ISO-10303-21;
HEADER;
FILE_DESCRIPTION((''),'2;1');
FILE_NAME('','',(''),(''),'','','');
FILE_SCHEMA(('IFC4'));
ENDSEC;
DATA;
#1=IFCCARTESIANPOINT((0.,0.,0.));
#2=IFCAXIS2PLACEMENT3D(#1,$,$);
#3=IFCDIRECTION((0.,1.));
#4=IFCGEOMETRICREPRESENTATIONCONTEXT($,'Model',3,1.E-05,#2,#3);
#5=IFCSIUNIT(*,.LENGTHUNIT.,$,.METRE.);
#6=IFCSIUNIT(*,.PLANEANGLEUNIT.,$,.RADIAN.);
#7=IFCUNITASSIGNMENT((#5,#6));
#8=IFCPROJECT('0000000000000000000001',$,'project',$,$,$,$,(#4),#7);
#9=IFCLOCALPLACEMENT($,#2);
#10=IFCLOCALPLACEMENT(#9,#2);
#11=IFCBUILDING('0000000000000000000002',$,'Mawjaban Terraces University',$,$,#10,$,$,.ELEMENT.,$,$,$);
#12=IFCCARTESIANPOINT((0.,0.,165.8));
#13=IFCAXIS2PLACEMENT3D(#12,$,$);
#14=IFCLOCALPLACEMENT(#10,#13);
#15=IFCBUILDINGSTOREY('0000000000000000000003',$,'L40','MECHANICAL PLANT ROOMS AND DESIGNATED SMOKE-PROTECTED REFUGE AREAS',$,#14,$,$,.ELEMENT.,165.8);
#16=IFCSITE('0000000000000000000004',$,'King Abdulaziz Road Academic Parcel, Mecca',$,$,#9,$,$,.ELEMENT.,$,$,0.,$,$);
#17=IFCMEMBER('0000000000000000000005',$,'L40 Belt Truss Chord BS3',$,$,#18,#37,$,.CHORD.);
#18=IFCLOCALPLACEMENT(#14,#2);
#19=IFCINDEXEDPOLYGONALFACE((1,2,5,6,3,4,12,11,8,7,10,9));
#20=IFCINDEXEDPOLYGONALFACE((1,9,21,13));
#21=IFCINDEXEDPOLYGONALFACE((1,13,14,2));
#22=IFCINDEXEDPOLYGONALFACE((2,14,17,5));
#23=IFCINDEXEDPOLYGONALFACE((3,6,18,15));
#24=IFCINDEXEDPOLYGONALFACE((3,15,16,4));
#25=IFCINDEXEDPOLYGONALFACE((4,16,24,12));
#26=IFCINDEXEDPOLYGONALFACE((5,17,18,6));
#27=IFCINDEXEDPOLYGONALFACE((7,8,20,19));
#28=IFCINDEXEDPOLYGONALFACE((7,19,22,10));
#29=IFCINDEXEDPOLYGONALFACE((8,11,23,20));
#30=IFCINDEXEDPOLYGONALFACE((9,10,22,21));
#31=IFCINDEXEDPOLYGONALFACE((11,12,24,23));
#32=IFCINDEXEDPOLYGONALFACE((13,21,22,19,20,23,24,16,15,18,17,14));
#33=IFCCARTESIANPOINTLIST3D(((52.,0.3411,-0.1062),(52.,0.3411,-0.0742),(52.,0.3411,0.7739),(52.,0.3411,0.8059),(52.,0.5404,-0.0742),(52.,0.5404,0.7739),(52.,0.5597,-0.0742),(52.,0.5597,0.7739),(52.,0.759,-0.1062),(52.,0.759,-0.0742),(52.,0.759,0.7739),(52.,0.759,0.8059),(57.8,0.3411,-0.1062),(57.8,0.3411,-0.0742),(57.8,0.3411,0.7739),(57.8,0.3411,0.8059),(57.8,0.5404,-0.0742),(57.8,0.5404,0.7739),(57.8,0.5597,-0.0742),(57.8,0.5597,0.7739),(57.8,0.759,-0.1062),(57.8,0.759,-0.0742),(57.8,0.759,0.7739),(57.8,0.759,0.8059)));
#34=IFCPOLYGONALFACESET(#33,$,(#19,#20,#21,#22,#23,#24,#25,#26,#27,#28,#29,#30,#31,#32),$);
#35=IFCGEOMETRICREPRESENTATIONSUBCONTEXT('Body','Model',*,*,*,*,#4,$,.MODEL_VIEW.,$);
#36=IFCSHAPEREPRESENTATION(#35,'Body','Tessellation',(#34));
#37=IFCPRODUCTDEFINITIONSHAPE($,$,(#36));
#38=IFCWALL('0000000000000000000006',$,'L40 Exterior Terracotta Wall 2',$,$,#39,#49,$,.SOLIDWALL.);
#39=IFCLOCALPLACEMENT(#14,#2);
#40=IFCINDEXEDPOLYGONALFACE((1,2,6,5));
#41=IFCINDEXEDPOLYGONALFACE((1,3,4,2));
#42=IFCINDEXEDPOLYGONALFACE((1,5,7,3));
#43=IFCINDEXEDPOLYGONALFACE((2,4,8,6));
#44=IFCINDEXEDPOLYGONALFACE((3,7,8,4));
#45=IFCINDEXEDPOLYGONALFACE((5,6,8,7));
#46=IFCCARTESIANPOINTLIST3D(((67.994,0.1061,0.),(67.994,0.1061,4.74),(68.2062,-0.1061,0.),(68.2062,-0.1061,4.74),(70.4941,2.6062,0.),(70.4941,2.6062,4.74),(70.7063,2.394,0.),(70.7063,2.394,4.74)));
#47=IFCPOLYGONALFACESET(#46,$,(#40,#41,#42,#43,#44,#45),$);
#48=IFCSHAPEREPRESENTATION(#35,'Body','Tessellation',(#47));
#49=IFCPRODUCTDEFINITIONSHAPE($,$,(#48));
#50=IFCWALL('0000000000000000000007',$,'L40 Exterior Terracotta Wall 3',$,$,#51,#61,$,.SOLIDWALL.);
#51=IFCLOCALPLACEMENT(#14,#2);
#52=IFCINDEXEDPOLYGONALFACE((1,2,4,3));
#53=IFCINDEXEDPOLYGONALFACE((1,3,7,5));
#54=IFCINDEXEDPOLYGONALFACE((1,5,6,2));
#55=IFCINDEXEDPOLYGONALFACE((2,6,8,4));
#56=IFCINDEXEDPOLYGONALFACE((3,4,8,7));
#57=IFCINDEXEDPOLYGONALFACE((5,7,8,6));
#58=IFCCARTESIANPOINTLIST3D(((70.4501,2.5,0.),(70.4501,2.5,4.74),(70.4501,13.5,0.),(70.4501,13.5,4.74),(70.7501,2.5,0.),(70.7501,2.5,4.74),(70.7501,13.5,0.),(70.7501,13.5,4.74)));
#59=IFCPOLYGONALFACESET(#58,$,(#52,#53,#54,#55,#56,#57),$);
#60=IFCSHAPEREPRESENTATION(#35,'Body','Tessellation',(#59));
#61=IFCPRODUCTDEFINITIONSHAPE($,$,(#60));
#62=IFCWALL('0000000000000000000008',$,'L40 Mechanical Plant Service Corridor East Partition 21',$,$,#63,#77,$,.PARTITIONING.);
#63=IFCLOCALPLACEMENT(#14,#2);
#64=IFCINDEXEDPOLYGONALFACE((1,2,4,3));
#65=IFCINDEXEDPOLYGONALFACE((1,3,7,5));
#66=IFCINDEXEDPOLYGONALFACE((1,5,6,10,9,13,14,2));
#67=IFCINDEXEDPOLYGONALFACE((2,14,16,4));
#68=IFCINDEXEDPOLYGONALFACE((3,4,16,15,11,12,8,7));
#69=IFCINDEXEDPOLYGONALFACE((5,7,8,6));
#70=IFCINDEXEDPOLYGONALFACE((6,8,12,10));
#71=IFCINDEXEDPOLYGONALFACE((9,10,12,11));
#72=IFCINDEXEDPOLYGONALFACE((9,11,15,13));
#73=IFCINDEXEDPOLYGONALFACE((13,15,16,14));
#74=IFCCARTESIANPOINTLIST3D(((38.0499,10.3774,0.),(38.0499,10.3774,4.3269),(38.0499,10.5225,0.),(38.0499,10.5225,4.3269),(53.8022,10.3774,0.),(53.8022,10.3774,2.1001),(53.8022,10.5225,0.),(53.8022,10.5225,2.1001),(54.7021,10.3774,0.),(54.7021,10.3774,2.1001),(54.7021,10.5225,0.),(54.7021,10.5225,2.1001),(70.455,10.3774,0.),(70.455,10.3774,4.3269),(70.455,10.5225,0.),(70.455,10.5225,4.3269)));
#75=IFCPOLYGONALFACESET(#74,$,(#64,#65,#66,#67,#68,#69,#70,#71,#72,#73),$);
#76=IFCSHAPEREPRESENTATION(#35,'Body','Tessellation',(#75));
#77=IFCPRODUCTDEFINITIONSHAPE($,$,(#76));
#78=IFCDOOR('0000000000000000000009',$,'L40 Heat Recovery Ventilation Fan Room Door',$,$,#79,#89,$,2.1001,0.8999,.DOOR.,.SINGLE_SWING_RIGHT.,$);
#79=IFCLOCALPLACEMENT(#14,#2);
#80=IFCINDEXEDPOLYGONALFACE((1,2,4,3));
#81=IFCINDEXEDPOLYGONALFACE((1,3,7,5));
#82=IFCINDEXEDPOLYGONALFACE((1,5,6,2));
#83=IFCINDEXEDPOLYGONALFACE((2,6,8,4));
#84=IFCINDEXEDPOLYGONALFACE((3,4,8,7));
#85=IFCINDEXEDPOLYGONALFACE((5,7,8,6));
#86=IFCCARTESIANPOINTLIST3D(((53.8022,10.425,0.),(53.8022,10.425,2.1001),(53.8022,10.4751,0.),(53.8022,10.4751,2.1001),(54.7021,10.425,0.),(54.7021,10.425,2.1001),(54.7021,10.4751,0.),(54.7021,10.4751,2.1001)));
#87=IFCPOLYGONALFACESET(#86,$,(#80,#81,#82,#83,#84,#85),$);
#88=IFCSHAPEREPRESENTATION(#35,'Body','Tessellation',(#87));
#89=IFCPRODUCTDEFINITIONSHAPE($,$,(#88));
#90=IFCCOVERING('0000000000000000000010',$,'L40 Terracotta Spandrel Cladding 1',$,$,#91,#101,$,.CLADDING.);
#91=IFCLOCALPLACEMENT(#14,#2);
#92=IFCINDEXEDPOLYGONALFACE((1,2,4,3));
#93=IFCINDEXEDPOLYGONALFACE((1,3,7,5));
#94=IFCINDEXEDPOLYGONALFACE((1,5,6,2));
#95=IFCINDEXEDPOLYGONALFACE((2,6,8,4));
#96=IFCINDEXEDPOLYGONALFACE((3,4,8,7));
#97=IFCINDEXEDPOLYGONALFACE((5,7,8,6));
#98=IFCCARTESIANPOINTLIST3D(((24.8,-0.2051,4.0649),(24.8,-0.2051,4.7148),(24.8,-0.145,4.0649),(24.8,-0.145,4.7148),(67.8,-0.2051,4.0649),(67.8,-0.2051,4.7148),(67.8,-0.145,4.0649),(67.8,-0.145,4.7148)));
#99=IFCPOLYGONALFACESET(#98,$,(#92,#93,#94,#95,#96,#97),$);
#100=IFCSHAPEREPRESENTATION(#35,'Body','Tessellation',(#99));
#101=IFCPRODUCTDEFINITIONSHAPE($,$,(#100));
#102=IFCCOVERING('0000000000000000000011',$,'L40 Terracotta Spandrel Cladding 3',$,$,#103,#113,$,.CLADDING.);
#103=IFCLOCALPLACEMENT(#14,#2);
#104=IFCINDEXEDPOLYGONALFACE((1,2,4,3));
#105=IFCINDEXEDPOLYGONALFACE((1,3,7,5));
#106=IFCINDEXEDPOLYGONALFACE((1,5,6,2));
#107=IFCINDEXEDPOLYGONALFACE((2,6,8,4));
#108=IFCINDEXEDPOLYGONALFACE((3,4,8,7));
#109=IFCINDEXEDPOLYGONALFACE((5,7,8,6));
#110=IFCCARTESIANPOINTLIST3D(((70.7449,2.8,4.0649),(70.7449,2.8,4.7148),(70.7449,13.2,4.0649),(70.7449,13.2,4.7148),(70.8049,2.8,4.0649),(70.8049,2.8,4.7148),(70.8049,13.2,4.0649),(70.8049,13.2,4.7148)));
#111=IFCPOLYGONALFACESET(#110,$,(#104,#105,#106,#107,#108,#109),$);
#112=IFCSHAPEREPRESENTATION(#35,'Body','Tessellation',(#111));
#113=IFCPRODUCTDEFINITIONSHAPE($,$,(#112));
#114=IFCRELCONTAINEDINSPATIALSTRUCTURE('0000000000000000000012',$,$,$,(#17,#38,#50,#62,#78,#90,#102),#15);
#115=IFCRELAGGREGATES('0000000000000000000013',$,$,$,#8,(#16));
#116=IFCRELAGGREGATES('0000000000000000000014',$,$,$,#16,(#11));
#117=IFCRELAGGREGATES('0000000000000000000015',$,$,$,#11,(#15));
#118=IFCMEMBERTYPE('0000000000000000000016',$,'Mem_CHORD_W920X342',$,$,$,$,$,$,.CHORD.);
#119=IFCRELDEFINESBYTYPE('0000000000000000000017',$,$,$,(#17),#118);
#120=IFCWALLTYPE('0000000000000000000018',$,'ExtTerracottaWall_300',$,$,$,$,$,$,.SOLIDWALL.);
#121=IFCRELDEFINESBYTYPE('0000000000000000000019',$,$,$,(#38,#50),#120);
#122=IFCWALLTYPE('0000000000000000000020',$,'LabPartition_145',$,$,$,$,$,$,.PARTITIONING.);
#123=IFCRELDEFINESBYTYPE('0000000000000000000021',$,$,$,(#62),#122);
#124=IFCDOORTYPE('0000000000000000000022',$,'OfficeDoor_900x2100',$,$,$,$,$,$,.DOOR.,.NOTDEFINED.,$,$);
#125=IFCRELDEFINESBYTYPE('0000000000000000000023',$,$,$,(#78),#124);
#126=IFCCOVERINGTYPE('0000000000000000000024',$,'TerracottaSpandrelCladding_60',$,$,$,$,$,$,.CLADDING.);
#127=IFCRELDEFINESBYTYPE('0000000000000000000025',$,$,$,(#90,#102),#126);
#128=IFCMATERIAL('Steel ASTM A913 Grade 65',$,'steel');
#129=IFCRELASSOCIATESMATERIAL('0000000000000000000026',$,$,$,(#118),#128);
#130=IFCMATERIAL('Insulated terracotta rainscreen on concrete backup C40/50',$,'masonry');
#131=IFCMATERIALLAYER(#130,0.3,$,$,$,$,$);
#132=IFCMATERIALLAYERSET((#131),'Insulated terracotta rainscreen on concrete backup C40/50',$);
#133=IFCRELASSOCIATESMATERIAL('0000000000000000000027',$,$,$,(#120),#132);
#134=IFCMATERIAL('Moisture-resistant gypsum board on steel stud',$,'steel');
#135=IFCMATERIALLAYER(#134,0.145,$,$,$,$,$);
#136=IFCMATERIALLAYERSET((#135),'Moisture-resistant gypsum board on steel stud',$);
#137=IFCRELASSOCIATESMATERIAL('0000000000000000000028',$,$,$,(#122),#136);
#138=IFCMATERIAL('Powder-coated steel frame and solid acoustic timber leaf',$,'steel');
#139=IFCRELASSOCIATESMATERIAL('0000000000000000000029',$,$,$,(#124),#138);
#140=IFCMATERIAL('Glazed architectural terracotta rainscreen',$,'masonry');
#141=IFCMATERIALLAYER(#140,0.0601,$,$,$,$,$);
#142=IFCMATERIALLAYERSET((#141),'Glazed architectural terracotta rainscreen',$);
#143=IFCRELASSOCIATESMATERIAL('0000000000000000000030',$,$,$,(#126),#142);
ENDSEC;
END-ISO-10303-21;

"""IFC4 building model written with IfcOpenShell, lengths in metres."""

from ifc_helpers import new_model, si_unit, direction, frame, frame_2d, origin, origin_2d, place, context, subcontext, project, spatial, rectangle, i_section, extrude, material, layer, layer_set, material_profile, profile_set, type_object, element, fill, save


model = new_model("IFC4")

# Units and contexts
model_context = context("Model", 3, precision=1e-05, world=origin(), true_north=direction((0.0, 1.0)))
body_context = subcontext(model_context, "Body", "Model", "MODEL_VIEW")
ifc_project = project(units=[si_unit("LENGTHUNIT", "METRE"), si_unit("PLANEANGLEUNIT", "RADIAN")], contexts=[model_context])

# Site, building, storey
site_placement = place(None, origin())
site = spatial("IfcSite", under=ifc_project, at=site_placement, Name="King Abdulaziz Road Academic Parcel, Mecca", CompositionType="ELEMENT", RefElevation=0.0)
building_placement = place(site_placement, origin())
building = spatial("IfcBuilding", under=site, at=building_placement, Name="Mawjaban Terraces University", CompositionType="ELEMENT")
storey_placement = place(building_placement, frame((0.0, 0.0, 165.8)))
storey = spatial("IfcBuildingStorey", under=building, at=storey_placement, Name="L40", Description="MECHANICAL PLANT ROOMS AND DESIGNATED SMOKE-PROTECTED REFUGE AREAS", CompositionType="ELEMENT", Elevation=165.8)

# Member
ifc_material_1 = material(Name="Steel ASTM A913 Grade 65", Category="steel")
ifc_material_profile_1 = material_profile(ifc_material_1, i_section(OverallWidth=0.418, OverallDepth=0.9121, WebThickness=0.0193, FlangeThickness=0.032, at=origin_2d()), Name="W920X342")
ifc_profile_set_1 = profile_set([ifc_material_profile_1], Name="Steel ASTM A913 Grade 65")
member_type_1 = type_object("IfcMemberType", Name="Mem_CHORD_W920X342", PredefinedType="CHORD", material=ifc_profile_set_1)
member_1_placement = place(storey_placement, frame((52.0, 0.55, 0.3499), z_axis=(1.0, 0.0, 0.0), x_axis=(0.0, 1.0, 0.0)))
element("IfcMember", 1, at=member_1_placement, inside=storey, type_object=member_type_1, Name="L40 Belt Truss Chord BS3", PredefinedType="CHORD", context=body_context, shape_type="SweptSolid", body=[
    extrude(i_section(OverallWidth=0.418, OverallDepth=0.9121, WebThickness=0.0193, FlangeThickness=0.032, at=origin_2d()), origin(), (0.0, 0.0, 1.0), 5.8),
])

# Walls
ifc_material_2 = material(Name="Insulated terracotta rainscreen on concrete backup C40/50", Category="masonry")
ifc_layer_1 = layer(ifc_material_2, 0.3)
ifc_layer_set_1 = layer_set([ifc_layer_1], Name="Insulated terracotta rainscreen on concrete backup C40/50")
wall_type_1 = type_object("IfcWallType", Name="ExtTerracottaWall_300", PredefinedType="SOLIDWALL", material=ifc_layer_set_1)
wall_1_placement = place(storey_placement, frame((68.1001, 0.0, 0.0), z_axis=(0.0, 0.0, 1.0), x_axis=(0.707107, 0.707107, 0.0)))
element("IfcWall", 2, at=wall_1_placement, inside=storey, type_object=wall_type_1, Name="L40 Exterior Terracotta Wall 2", PredefinedType="SOLIDWALL", context=body_context, shape_type="SweptSolid", body=[
    extrude(rectangle(XDim=3.5356, YDim=0.3, at=frame_2d((1.7678, 0.0))), origin(), (0.0, 0.0, 1.0), 4.74),
])
wall_2_placement = place(storey_placement, frame((70.6001, 2.5, 0.0), z_axis=(0.0, 0.0, 1.0), x_axis=(0.0, 1.0, 0.0)))
element("IfcWall", 3, at=wall_2_placement, inside=storey, type_object=wall_type_1, Name="L40 Exterior Terracotta Wall 3", PredefinedType="SOLIDWALL", context=body_context, shape_type="SweptSolid", body=[
    extrude(rectangle(XDim=11.0, YDim=0.3, at=frame_2d((5.5, 0.0))), origin(), (0.0, 0.0, 1.0), 4.74),
])

# Wall, opening, door
ifc_material_3 = material(Name="Moisture-resistant gypsum board on steel stud", Category="steel")
ifc_layer_2 = layer(ifc_material_3, 0.145)
ifc_layer_set_2 = layer_set([ifc_layer_2], Name="Moisture-resistant gypsum board on steel stud")
wall_type_2 = type_object("IfcWallType", Name="LabPartition_145", PredefinedType="PARTITIONING", material=ifc_layer_set_2)
wall_3_placement = place(storey_placement, frame((70.4551, 10.45, 0.0), z_axis=(0.0, 0.0, 1.0), x_axis=(-1.0, 0.0, 0.0)))
wall_3 = element("IfcWall", 4, at=wall_3_placement, inside=storey, type_object=wall_type_2, Name="L40 Mechanical Plant Service Corridor East Partition 21", PredefinedType="PARTITIONING", context=body_context, shape_type="SweptSolid", body=[
    extrude(rectangle(XDim=32.405, YDim=0.145, at=frame_2d((16.2026, 0.0))), origin(), (0.0, 0.0, 1.0), 4.3269),
])
opening_placement = place(wall_3_placement, frame((15.7529, 0.0, 0.0)))
opening = element("IfcOpeningElement", 5, at=opening_placement, cuts=wall_3, PredefinedType="OPENING", context=body_context, shape_type="SweptSolid", body=[
    extrude(rectangle(XDim=0.8999, YDim=2.1001, at=frame_2d((0.45, 1.05))), frame((0.0, 0.0825, 0.0), z_axis=(0.0, -1.0, 0.0), x_axis=(1.0, 0.0, 0.0)), (0.0, 0.0, 1.0), 0.165),
])
ifc_material_4 = material(Name="Powder-coated steel frame and solid acoustic timber leaf", Category="steel")
door_type = type_object("IfcDoorType", Name="OfficeDoor_900x2100", OperationType="NOTDEFINED", PredefinedType="DOOR", material=ifc_material_4)
door_placement = place(opening_placement, origin())
door = element("IfcDoor", 6, at=door_placement, inside=storey, type_object=door_type, Name="L40 Heat Recovery Ventilation Fan Room Door", OperationType="SINGLE_SWING_RIGHT", OverallHeight=2.1001, OverallWidth=0.8999, PredefinedType="DOOR", context=body_context, shape_type="SweptSolid", body=[
    extrude(rectangle(XDim=0.8999, YDim=2.1001, at=frame_2d((0.45, 1.05))), frame((0.0, 0.0249, 0.0), z_axis=(0.0, -1.0, 0.0), x_axis=(1.0, 0.0, 0.0)), (0.0, 0.0, 1.0), 0.05),
])
fill(opening, door)

# Coverings
ifc_material_5 = material(Name="Glazed architectural terracotta rainscreen", Category="masonry")
ifc_layer_3 = layer(ifc_material_5, 0.0601)
ifc_layer_set_3 = layer_set([ifc_layer_3], Name="Glazed architectural terracotta rainscreen")
covering_type = type_object("IfcCoveringType", Name="TerracottaSpandrelCladding_60", PredefinedType="CLADDING", material=ifc_layer_set_3)
covering_1_placement = place(storey_placement, frame((46.3, -0.175, 4.0649), z_axis=(0.0, 0.0, 1.0), x_axis=(1.0, 0.0, 0.0)))
element("IfcCovering", 7, at=covering_1_placement, inside=storey, type_object=covering_type, Name="L40 Terracotta Spandrel Cladding 1", PredefinedType="CLADDING", context=body_context, shape_type="SweptSolid", body=[
    extrude(rectangle(XDim=43.0, YDim=0.0601, at=origin_2d()), origin(), (0.0, 0.0, 1.0), 0.6499),
])
covering_2_placement = place(storey_placement, frame((70.7749, 8.0, 4.0649), z_axis=(0.0, 0.0, 1.0), x_axis=(0.0, 1.0, 0.0)))
element("IfcCovering", 8, at=covering_2_placement, inside=storey, type_object=covering_type, Name="L40 Terracotta Spandrel Cladding 3", PredefinedType="CLADDING", context=body_context, shape_type="SweptSolid", body=[
    extrude(rectangle(XDim=10.3999, YDim=0.0601, at=origin_2d()), origin(), (0.0, 0.0, 1.0), 0.6499),
])

save(model, "model.ifc")
